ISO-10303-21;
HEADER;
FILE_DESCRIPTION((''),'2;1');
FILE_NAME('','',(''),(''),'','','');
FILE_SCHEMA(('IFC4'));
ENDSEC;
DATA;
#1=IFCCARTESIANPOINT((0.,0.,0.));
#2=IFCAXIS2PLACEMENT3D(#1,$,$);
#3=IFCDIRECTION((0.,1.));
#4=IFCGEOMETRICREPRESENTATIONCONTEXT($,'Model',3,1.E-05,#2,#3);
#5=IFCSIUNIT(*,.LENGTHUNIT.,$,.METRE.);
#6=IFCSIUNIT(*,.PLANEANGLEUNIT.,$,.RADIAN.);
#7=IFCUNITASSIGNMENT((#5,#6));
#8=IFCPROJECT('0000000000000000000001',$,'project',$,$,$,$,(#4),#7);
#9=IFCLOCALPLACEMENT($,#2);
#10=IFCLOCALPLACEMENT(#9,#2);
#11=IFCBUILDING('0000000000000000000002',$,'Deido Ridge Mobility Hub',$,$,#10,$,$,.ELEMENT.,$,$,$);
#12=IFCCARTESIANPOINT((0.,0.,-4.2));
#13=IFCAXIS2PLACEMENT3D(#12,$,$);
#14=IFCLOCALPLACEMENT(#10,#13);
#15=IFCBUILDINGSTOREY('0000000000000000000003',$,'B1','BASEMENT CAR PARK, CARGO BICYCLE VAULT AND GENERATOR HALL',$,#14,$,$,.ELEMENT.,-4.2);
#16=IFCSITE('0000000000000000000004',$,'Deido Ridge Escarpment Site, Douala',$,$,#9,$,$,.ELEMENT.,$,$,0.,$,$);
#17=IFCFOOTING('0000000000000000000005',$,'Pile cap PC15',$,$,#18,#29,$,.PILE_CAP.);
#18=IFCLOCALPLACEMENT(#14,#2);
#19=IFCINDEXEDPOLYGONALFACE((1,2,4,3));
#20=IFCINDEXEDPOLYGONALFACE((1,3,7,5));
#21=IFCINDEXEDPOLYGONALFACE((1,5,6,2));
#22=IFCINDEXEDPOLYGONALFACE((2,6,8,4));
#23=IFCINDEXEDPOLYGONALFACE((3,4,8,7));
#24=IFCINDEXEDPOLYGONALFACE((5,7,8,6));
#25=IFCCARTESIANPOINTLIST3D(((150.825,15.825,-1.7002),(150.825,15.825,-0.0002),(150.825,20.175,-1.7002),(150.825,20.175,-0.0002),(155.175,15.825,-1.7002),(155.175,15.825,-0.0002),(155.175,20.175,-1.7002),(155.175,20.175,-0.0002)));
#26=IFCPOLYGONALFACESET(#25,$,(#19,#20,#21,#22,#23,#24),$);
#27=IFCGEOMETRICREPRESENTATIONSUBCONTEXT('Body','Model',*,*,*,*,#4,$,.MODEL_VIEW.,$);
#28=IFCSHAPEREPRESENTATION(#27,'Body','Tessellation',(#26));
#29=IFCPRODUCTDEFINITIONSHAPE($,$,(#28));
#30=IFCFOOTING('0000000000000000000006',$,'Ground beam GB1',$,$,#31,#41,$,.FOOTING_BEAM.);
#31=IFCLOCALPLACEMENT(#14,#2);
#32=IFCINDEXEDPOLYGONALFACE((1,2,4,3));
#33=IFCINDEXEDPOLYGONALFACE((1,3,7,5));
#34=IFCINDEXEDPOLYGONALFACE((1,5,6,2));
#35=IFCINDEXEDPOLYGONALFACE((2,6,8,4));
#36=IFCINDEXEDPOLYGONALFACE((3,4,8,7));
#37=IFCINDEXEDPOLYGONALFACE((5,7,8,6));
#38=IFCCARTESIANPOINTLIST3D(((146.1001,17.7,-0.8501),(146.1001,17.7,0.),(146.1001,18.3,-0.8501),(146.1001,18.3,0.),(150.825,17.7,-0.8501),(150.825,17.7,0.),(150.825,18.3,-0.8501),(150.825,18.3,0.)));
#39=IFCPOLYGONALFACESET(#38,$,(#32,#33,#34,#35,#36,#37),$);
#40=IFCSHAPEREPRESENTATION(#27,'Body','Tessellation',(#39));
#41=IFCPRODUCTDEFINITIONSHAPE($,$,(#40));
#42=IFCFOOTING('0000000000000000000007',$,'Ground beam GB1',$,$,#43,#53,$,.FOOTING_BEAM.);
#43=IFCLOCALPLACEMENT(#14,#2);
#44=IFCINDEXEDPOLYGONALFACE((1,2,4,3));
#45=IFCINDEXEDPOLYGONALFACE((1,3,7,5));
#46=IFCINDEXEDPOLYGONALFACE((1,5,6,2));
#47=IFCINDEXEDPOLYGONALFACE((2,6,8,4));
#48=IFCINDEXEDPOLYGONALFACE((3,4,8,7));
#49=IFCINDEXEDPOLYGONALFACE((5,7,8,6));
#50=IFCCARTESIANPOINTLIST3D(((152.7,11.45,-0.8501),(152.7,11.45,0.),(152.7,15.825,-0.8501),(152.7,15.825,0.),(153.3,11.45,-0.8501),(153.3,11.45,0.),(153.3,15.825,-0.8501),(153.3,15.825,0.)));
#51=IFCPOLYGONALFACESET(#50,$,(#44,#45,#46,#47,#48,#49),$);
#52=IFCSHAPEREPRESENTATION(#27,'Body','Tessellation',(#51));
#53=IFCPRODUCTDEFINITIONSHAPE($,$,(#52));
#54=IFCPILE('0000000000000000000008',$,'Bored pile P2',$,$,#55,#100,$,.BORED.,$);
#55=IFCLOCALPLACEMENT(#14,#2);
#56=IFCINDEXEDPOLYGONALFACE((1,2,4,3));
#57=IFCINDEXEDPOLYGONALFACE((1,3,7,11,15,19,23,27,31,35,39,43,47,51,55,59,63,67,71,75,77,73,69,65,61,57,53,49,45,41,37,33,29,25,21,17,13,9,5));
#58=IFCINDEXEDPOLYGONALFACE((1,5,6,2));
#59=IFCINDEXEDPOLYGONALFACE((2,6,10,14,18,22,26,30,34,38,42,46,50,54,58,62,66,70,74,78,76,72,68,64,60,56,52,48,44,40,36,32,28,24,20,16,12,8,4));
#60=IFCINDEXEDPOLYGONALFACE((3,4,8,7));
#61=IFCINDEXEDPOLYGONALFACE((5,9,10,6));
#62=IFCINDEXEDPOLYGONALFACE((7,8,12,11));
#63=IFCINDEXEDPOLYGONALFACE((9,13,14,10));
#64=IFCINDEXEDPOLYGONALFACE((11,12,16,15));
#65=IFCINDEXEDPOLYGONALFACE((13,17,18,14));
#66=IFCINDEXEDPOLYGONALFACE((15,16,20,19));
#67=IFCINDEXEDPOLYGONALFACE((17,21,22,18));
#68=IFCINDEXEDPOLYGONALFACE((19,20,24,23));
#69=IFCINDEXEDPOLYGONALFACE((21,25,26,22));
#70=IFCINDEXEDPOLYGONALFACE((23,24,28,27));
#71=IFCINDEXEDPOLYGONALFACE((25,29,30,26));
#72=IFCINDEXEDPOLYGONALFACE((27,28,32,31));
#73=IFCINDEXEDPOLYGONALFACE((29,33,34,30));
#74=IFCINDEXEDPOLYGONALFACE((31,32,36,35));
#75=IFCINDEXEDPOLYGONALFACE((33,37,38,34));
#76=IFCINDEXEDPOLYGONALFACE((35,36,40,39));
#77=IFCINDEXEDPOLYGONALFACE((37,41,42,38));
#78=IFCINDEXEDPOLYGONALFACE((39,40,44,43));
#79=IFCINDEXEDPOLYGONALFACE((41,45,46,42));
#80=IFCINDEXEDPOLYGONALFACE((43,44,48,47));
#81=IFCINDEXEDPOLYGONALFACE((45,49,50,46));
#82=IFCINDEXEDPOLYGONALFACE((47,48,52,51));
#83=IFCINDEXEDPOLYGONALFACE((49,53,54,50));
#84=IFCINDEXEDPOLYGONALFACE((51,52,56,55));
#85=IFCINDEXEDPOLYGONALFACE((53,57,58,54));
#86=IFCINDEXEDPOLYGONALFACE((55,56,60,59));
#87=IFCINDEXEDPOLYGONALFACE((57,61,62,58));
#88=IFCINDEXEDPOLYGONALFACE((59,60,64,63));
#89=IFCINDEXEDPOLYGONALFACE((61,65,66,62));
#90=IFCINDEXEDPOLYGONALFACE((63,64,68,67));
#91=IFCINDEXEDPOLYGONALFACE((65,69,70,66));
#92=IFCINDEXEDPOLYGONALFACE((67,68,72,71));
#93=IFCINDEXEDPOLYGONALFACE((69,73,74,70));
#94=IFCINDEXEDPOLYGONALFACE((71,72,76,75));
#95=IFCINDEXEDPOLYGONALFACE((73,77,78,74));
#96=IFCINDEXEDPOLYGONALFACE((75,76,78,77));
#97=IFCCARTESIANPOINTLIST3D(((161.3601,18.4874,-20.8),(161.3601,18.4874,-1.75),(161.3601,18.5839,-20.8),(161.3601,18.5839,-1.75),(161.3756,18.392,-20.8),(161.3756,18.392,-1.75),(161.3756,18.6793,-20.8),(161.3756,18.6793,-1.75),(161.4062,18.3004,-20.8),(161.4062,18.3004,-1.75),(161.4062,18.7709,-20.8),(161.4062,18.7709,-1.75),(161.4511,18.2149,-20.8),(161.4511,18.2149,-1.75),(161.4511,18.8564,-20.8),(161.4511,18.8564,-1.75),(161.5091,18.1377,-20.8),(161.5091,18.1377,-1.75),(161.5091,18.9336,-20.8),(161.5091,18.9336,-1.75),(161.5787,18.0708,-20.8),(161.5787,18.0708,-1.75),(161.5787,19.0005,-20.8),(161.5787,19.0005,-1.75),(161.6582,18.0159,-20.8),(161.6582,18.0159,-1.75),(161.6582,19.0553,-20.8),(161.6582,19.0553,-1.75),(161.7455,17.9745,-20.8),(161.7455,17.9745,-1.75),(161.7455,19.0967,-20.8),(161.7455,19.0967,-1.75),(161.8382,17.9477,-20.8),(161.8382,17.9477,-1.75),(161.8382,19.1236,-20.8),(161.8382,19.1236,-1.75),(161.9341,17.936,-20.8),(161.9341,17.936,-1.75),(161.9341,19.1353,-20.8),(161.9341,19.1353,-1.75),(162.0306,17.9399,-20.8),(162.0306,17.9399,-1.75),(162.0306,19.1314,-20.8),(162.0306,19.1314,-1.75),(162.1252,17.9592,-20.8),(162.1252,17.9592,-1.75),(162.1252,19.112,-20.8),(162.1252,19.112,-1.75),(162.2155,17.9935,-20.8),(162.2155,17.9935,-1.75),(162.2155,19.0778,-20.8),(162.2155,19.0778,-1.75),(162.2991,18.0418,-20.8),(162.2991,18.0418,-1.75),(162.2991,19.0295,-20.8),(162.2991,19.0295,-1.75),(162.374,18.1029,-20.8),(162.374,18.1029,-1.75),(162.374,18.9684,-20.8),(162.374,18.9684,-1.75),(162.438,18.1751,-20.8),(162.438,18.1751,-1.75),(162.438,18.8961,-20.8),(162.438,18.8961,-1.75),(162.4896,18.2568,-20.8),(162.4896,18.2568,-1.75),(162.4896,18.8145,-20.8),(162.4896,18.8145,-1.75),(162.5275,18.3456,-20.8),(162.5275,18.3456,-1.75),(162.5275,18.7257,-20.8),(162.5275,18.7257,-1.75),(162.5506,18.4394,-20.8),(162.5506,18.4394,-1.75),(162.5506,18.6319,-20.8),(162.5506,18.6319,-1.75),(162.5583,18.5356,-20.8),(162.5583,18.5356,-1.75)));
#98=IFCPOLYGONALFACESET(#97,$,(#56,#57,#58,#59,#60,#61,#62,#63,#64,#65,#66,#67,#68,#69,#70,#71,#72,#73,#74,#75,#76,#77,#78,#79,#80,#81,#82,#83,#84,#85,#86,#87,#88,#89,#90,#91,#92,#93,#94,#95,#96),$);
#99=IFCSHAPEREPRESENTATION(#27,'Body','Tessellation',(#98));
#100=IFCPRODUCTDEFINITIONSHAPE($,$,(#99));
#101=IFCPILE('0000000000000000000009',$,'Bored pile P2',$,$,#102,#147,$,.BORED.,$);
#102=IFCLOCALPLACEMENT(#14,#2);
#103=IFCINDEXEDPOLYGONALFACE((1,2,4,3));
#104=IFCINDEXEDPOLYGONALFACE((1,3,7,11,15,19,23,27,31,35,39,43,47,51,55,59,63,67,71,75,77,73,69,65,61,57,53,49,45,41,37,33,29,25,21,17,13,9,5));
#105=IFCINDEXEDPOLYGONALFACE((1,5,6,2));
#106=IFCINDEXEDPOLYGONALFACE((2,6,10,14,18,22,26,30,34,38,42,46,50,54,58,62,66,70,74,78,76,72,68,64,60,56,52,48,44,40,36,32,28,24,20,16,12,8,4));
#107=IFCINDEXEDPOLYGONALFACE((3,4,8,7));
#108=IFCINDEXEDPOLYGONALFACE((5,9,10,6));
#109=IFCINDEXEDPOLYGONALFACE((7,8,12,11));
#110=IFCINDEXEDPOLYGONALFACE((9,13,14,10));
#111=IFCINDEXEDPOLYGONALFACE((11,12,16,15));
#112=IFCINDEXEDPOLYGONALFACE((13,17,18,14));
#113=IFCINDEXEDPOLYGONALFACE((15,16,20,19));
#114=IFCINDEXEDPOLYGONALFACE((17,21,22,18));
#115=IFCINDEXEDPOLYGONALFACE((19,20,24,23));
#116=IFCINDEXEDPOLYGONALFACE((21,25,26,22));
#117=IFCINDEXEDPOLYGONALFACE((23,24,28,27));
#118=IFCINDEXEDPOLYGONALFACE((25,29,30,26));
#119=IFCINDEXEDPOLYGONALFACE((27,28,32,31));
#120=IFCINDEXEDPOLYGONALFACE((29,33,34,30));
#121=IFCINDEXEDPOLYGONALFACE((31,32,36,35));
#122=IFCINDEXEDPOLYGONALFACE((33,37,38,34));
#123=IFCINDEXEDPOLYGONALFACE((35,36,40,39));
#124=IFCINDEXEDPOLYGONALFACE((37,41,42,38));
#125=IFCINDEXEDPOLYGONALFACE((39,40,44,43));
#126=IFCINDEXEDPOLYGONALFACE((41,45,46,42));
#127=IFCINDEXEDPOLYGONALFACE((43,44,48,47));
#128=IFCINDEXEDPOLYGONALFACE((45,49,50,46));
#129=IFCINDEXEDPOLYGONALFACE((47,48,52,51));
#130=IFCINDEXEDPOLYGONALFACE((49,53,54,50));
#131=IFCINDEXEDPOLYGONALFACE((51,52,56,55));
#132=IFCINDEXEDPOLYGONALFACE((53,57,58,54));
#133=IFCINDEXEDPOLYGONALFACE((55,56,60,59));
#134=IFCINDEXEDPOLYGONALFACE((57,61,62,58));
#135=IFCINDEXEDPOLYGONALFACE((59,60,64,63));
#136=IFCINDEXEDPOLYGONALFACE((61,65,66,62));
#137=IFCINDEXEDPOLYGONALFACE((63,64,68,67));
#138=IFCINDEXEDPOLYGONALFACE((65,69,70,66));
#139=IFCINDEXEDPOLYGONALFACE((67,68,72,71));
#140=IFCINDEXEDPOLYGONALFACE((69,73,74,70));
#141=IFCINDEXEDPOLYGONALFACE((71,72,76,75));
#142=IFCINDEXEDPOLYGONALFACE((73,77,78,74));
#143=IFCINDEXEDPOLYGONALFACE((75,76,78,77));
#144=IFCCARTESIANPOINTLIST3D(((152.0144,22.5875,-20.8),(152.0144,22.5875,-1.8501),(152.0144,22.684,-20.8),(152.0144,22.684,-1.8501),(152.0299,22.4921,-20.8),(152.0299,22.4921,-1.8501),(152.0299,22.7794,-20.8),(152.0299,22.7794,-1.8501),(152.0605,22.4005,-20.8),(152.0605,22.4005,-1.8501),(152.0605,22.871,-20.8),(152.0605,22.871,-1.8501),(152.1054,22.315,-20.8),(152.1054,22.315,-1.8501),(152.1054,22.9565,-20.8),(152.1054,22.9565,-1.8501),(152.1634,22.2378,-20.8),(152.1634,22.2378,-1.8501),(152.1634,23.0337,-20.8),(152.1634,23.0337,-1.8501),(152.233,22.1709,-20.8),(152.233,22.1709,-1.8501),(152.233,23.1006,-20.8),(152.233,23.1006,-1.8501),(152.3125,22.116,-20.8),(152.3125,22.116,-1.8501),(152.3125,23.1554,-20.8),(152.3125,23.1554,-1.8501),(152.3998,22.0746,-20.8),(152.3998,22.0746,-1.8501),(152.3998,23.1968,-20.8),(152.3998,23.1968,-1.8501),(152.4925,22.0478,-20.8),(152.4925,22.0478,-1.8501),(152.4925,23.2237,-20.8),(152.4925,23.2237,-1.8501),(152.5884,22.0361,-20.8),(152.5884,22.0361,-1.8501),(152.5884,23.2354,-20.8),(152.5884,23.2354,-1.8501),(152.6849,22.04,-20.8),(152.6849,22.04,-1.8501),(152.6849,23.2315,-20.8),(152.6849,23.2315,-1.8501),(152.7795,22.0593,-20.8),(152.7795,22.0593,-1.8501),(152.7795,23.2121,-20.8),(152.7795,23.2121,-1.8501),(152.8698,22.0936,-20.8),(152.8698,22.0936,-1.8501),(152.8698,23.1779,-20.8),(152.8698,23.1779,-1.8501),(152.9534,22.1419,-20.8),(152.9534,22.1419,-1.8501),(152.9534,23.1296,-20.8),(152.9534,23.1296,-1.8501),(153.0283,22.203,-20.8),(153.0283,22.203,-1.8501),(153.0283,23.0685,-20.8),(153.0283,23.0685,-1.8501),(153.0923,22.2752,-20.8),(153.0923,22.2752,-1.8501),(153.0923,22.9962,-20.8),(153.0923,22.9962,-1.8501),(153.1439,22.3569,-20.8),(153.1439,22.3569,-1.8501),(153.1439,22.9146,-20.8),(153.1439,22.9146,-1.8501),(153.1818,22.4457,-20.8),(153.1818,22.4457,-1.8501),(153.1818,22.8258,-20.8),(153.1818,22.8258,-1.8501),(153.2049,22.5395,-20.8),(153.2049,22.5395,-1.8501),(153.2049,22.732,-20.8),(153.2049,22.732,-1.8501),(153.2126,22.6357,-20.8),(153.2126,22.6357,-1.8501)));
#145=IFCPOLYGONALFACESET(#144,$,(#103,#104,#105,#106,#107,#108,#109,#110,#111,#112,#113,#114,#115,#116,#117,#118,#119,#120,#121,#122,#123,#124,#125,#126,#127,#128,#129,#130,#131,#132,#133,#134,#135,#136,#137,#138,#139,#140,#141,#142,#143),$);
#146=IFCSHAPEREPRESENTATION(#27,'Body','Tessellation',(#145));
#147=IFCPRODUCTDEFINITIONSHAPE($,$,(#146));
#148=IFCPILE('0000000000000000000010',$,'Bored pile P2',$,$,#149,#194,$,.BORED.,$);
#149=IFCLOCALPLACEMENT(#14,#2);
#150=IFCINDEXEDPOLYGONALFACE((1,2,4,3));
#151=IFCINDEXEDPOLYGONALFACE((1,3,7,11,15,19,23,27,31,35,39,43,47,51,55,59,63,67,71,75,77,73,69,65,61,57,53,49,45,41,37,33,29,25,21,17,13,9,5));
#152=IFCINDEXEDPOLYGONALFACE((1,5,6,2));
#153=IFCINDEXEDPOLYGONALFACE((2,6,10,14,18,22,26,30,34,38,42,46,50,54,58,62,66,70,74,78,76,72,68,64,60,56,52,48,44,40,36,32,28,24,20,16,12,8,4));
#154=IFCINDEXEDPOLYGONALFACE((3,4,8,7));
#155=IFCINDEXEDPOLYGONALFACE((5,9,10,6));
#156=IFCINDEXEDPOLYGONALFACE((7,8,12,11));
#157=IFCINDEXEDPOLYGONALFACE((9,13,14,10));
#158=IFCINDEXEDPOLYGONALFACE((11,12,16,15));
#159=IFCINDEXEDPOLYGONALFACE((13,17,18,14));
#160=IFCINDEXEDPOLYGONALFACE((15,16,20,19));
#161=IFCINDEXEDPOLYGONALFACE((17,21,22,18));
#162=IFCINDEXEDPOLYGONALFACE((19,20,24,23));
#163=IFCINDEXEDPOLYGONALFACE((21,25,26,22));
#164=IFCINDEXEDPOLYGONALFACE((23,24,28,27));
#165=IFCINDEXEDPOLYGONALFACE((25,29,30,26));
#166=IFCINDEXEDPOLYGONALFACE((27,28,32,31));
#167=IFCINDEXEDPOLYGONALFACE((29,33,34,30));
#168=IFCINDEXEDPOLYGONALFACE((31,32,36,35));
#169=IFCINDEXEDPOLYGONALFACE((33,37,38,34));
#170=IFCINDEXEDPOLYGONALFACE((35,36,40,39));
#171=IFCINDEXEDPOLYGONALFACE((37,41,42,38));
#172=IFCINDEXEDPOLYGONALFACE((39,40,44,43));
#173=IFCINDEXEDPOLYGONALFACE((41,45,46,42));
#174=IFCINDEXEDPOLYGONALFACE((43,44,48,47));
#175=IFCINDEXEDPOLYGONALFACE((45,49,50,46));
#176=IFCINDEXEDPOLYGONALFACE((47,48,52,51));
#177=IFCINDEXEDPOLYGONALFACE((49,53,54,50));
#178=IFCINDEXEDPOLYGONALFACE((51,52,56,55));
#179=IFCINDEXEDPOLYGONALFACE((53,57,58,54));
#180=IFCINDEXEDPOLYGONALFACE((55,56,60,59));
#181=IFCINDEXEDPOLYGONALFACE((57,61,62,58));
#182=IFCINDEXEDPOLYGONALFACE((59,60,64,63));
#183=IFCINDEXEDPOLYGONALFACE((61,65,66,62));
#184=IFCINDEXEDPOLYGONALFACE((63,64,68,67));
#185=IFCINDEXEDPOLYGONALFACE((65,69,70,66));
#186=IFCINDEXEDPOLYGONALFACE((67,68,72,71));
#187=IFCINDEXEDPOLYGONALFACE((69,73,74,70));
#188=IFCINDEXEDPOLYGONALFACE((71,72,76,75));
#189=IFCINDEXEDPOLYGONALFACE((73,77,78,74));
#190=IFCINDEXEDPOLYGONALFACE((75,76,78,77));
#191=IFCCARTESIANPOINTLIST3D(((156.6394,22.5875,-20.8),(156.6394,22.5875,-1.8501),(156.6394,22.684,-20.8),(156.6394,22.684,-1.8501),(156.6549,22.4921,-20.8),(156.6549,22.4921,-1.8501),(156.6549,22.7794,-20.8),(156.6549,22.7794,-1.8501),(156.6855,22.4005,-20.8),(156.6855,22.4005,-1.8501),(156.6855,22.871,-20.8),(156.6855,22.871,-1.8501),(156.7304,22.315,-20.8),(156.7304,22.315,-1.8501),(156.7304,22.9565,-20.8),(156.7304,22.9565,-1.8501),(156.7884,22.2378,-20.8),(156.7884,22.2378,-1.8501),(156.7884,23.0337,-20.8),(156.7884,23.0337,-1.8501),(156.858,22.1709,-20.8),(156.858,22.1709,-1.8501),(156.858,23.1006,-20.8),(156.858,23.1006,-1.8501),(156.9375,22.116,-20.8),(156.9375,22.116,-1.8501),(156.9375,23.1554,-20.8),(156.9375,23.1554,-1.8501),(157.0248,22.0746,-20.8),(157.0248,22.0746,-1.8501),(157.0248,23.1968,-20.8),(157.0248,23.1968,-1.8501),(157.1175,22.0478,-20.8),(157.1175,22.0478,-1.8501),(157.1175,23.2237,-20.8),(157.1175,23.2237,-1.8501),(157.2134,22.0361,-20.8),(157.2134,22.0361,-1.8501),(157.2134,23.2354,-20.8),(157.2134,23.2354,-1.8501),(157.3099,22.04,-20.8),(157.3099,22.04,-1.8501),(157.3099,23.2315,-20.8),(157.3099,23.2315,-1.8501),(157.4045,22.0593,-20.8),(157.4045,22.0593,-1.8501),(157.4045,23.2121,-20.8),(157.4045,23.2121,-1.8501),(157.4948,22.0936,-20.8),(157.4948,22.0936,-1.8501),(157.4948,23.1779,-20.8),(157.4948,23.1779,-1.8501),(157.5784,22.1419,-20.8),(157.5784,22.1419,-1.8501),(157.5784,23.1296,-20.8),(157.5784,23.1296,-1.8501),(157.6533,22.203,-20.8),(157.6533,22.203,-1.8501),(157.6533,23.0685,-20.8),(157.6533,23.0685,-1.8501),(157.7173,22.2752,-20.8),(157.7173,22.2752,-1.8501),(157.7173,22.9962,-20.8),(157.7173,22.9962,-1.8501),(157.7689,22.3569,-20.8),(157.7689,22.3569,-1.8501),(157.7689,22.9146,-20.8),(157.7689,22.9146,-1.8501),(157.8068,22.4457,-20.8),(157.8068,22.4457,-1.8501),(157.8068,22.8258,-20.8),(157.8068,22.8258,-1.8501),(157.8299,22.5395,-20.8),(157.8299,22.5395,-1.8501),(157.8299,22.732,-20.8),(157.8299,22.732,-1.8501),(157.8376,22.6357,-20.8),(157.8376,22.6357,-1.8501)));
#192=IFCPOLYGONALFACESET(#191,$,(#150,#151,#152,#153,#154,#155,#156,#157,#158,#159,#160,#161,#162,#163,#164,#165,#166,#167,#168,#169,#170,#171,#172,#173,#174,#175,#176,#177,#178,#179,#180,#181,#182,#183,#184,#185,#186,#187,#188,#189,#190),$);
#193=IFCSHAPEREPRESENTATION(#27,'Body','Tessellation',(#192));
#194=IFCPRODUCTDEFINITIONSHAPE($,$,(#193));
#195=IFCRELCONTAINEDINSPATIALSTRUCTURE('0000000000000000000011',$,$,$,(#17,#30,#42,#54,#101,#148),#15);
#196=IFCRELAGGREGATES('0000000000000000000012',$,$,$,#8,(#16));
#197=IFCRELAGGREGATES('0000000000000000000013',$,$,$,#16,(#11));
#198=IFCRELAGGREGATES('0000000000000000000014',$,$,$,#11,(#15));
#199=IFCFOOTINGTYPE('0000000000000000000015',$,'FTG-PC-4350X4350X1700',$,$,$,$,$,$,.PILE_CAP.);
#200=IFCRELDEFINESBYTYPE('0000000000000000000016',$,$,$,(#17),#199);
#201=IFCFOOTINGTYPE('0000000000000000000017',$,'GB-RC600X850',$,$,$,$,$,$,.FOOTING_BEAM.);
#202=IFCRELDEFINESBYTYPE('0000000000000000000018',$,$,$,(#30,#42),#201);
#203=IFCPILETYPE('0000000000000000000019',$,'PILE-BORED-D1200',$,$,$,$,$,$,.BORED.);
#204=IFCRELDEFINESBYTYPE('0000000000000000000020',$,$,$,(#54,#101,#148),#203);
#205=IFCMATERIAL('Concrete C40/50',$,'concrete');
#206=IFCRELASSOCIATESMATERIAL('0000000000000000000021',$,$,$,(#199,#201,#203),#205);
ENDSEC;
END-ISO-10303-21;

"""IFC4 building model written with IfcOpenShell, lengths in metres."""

from ifc_helpers import new_model, si_unit, direction, frame, origin, origin_2d, place, context, subcontext, project, spatial, rectangle, circle, extrude, material, material_profile, profile_set, type_object, element, save


model = new_model("IFC4")

# Units and contexts
model_context = context("Model", 3, precision=1e-05, world=origin(), true_north=direction((0.0, 1.0)))
body_context = subcontext(model_context, "Body", "Model", "MODEL_VIEW")
ifc_project = project(units=[si_unit("LENGTHUNIT", "METRE"), si_unit("PLANEANGLEUNIT", "RADIAN")], contexts=[model_context])

# Site, building, storey
site_placement = place(None, origin())
site = spatial("IfcSite", under=ifc_project, at=site_placement, Name="Deido Ridge Escarpment Site, Douala", CompositionType="ELEMENT", RefElevation=0.0)
building_placement = place(site_placement, origin())
building = spatial("IfcBuilding", under=site, at=building_placement, Name="Deido Ridge Mobility Hub", CompositionType="ELEMENT")
storey_placement = place(building_placement, frame((0.0, 0.0, -4.2)))
storey = spatial("IfcBuildingStorey", under=building, at=storey_placement, Name="B1", Description="BASEMENT CAR PARK, CARGO BICYCLE VAULT AND GENERATOR HALL", CompositionType="ELEMENT", Elevation=-4.2)

# Footings
ifc_material_1 = material(Name="Concrete C40/50", Category="concrete")
footing_type_1 = type_object("IfcFootingType", Name="FTG-PC-4350X4350X1700", PredefinedType="PILE_CAP", material=ifc_material_1)
footing_1_placement = place(storey_placement, frame((153.0, 18.0, -1.7002), z_axis=(0.0, 0.0, 1.0), x_axis=(1.0, 0.0, 0.0)))
element("IfcFooting", 1, at=footing_1_placement, inside=storey, type_object=footing_type_1, Name="Pile cap PC15", PredefinedType="PILE_CAP", context=body_context, shape_type="SweptSolid", body=[
    extrude(rectangle(XDim=4.3501, YDim=4.3501, at=origin_2d()), origin(), (0.0, 0.0, 1.0), 1.7),
])
ifc_material_profile_1 = material_profile(ifc_material_1, rectangle(XDim=0.6001, YDim=0.8501, at=origin_2d()), Name="RC GB 600x850")
ifc_profile_set_1 = profile_set([ifc_material_profile_1], Name="Concrete C40/50")
footing_type_2 = type_object("IfcFootingType", Name="GB-RC600X850", PredefinedType="FOOTING_BEAM", material=ifc_profile_set_1)
footing_2_placement = place(storey_placement, frame((146.1001, 18.0, -0.425), z_axis=(1.0, 0.0, 0.0), x_axis=(0.0, 1.0, 0.0)))
element("IfcFooting", 2, at=footing_2_placement, inside=storey, type_object=footing_type_2, Name="Ground beam GB1", PredefinedType="FOOTING_BEAM", context=body_context, shape_type="SweptSolid", body=[
    extrude(rectangle(XDim=0.6001, YDim=0.8501, at=origin_2d()), origin(), (0.0, 0.0, 1.0), 4.7249),
])
footing_3_placement = place(storey_placement, frame((153.0, 11.45, -0.425), z_axis=(0.0, 1.0, 0.0), x_axis=(-1.0, 0.0, 0.0)))
element("IfcFooting", 3, at=footing_3_placement, inside=storey, type_object=footing_type_2, Name="Ground beam GB1", PredefinedType="FOOTING_BEAM", context=body_context, shape_type="SweptSolid", body=[
    extrude(rectangle(XDim=0.6001, YDim=0.8501, at=origin_2d()), origin(), (0.0, 0.0, 1.0), 4.375),
])

# Piles
ifc_material_profile_2 = material_profile(ifc_material_1, circle(Radius=0.6001, at=origin_2d()), Name="BORED PILE D1200")
ifc_profile_set_2 = profile_set([ifc_material_profile_2], Name="Concrete C40/50")
pile_type_1 = type_object("IfcPileType", Name="PILE-BORED-D1200", PredefinedType="BORED", material=ifc_profile_set_2)
pile_placement = place(storey_placement, frame((161.9583, 18.5356, -1.75), z_axis=(0.0, 0.0, -1.0), x_axis=(1.0, 0.0, 0.0)))
element("IfcPile", 4, at=pile_placement, inside=storey, type_object=pile_type_1, Name="Bored pile P2", PredefinedType="BORED", context=body_context, shape_type="SweptSolid", body=[
    extrude(circle(Radius=0.6001, at=origin_2d()), origin(), (0.0, 0.0, 1.0), 19.05),
])
for number, where, z_axis, x_axis, name in (
    (5, (152.6125, 22.6357, -1.8501), (0.0, 0.0, -1.0), (1.0, 0.0, 0.0), "Bored pile P2"),
    (6, (157.2375, 22.6357, -1.8501), (0.0, 0.0, -1.0), (1.0, 0.0, 0.0), "Bored pile P2"),
):
    element("IfcPile", number, at=place(storey_placement, frame(where, z_axis=z_axis, x_axis=x_axis)), inside=storey, type_object=pile_type_1, Name=name, PredefinedType="BORED", context=body_context, shape_type="SweptSolid", body=[
        extrude(circle(Radius=0.6001, at=origin_2d()), origin(), (0.0, 0.0, 1.0), 18.95),
    ])

save(model, "model.ifc")
